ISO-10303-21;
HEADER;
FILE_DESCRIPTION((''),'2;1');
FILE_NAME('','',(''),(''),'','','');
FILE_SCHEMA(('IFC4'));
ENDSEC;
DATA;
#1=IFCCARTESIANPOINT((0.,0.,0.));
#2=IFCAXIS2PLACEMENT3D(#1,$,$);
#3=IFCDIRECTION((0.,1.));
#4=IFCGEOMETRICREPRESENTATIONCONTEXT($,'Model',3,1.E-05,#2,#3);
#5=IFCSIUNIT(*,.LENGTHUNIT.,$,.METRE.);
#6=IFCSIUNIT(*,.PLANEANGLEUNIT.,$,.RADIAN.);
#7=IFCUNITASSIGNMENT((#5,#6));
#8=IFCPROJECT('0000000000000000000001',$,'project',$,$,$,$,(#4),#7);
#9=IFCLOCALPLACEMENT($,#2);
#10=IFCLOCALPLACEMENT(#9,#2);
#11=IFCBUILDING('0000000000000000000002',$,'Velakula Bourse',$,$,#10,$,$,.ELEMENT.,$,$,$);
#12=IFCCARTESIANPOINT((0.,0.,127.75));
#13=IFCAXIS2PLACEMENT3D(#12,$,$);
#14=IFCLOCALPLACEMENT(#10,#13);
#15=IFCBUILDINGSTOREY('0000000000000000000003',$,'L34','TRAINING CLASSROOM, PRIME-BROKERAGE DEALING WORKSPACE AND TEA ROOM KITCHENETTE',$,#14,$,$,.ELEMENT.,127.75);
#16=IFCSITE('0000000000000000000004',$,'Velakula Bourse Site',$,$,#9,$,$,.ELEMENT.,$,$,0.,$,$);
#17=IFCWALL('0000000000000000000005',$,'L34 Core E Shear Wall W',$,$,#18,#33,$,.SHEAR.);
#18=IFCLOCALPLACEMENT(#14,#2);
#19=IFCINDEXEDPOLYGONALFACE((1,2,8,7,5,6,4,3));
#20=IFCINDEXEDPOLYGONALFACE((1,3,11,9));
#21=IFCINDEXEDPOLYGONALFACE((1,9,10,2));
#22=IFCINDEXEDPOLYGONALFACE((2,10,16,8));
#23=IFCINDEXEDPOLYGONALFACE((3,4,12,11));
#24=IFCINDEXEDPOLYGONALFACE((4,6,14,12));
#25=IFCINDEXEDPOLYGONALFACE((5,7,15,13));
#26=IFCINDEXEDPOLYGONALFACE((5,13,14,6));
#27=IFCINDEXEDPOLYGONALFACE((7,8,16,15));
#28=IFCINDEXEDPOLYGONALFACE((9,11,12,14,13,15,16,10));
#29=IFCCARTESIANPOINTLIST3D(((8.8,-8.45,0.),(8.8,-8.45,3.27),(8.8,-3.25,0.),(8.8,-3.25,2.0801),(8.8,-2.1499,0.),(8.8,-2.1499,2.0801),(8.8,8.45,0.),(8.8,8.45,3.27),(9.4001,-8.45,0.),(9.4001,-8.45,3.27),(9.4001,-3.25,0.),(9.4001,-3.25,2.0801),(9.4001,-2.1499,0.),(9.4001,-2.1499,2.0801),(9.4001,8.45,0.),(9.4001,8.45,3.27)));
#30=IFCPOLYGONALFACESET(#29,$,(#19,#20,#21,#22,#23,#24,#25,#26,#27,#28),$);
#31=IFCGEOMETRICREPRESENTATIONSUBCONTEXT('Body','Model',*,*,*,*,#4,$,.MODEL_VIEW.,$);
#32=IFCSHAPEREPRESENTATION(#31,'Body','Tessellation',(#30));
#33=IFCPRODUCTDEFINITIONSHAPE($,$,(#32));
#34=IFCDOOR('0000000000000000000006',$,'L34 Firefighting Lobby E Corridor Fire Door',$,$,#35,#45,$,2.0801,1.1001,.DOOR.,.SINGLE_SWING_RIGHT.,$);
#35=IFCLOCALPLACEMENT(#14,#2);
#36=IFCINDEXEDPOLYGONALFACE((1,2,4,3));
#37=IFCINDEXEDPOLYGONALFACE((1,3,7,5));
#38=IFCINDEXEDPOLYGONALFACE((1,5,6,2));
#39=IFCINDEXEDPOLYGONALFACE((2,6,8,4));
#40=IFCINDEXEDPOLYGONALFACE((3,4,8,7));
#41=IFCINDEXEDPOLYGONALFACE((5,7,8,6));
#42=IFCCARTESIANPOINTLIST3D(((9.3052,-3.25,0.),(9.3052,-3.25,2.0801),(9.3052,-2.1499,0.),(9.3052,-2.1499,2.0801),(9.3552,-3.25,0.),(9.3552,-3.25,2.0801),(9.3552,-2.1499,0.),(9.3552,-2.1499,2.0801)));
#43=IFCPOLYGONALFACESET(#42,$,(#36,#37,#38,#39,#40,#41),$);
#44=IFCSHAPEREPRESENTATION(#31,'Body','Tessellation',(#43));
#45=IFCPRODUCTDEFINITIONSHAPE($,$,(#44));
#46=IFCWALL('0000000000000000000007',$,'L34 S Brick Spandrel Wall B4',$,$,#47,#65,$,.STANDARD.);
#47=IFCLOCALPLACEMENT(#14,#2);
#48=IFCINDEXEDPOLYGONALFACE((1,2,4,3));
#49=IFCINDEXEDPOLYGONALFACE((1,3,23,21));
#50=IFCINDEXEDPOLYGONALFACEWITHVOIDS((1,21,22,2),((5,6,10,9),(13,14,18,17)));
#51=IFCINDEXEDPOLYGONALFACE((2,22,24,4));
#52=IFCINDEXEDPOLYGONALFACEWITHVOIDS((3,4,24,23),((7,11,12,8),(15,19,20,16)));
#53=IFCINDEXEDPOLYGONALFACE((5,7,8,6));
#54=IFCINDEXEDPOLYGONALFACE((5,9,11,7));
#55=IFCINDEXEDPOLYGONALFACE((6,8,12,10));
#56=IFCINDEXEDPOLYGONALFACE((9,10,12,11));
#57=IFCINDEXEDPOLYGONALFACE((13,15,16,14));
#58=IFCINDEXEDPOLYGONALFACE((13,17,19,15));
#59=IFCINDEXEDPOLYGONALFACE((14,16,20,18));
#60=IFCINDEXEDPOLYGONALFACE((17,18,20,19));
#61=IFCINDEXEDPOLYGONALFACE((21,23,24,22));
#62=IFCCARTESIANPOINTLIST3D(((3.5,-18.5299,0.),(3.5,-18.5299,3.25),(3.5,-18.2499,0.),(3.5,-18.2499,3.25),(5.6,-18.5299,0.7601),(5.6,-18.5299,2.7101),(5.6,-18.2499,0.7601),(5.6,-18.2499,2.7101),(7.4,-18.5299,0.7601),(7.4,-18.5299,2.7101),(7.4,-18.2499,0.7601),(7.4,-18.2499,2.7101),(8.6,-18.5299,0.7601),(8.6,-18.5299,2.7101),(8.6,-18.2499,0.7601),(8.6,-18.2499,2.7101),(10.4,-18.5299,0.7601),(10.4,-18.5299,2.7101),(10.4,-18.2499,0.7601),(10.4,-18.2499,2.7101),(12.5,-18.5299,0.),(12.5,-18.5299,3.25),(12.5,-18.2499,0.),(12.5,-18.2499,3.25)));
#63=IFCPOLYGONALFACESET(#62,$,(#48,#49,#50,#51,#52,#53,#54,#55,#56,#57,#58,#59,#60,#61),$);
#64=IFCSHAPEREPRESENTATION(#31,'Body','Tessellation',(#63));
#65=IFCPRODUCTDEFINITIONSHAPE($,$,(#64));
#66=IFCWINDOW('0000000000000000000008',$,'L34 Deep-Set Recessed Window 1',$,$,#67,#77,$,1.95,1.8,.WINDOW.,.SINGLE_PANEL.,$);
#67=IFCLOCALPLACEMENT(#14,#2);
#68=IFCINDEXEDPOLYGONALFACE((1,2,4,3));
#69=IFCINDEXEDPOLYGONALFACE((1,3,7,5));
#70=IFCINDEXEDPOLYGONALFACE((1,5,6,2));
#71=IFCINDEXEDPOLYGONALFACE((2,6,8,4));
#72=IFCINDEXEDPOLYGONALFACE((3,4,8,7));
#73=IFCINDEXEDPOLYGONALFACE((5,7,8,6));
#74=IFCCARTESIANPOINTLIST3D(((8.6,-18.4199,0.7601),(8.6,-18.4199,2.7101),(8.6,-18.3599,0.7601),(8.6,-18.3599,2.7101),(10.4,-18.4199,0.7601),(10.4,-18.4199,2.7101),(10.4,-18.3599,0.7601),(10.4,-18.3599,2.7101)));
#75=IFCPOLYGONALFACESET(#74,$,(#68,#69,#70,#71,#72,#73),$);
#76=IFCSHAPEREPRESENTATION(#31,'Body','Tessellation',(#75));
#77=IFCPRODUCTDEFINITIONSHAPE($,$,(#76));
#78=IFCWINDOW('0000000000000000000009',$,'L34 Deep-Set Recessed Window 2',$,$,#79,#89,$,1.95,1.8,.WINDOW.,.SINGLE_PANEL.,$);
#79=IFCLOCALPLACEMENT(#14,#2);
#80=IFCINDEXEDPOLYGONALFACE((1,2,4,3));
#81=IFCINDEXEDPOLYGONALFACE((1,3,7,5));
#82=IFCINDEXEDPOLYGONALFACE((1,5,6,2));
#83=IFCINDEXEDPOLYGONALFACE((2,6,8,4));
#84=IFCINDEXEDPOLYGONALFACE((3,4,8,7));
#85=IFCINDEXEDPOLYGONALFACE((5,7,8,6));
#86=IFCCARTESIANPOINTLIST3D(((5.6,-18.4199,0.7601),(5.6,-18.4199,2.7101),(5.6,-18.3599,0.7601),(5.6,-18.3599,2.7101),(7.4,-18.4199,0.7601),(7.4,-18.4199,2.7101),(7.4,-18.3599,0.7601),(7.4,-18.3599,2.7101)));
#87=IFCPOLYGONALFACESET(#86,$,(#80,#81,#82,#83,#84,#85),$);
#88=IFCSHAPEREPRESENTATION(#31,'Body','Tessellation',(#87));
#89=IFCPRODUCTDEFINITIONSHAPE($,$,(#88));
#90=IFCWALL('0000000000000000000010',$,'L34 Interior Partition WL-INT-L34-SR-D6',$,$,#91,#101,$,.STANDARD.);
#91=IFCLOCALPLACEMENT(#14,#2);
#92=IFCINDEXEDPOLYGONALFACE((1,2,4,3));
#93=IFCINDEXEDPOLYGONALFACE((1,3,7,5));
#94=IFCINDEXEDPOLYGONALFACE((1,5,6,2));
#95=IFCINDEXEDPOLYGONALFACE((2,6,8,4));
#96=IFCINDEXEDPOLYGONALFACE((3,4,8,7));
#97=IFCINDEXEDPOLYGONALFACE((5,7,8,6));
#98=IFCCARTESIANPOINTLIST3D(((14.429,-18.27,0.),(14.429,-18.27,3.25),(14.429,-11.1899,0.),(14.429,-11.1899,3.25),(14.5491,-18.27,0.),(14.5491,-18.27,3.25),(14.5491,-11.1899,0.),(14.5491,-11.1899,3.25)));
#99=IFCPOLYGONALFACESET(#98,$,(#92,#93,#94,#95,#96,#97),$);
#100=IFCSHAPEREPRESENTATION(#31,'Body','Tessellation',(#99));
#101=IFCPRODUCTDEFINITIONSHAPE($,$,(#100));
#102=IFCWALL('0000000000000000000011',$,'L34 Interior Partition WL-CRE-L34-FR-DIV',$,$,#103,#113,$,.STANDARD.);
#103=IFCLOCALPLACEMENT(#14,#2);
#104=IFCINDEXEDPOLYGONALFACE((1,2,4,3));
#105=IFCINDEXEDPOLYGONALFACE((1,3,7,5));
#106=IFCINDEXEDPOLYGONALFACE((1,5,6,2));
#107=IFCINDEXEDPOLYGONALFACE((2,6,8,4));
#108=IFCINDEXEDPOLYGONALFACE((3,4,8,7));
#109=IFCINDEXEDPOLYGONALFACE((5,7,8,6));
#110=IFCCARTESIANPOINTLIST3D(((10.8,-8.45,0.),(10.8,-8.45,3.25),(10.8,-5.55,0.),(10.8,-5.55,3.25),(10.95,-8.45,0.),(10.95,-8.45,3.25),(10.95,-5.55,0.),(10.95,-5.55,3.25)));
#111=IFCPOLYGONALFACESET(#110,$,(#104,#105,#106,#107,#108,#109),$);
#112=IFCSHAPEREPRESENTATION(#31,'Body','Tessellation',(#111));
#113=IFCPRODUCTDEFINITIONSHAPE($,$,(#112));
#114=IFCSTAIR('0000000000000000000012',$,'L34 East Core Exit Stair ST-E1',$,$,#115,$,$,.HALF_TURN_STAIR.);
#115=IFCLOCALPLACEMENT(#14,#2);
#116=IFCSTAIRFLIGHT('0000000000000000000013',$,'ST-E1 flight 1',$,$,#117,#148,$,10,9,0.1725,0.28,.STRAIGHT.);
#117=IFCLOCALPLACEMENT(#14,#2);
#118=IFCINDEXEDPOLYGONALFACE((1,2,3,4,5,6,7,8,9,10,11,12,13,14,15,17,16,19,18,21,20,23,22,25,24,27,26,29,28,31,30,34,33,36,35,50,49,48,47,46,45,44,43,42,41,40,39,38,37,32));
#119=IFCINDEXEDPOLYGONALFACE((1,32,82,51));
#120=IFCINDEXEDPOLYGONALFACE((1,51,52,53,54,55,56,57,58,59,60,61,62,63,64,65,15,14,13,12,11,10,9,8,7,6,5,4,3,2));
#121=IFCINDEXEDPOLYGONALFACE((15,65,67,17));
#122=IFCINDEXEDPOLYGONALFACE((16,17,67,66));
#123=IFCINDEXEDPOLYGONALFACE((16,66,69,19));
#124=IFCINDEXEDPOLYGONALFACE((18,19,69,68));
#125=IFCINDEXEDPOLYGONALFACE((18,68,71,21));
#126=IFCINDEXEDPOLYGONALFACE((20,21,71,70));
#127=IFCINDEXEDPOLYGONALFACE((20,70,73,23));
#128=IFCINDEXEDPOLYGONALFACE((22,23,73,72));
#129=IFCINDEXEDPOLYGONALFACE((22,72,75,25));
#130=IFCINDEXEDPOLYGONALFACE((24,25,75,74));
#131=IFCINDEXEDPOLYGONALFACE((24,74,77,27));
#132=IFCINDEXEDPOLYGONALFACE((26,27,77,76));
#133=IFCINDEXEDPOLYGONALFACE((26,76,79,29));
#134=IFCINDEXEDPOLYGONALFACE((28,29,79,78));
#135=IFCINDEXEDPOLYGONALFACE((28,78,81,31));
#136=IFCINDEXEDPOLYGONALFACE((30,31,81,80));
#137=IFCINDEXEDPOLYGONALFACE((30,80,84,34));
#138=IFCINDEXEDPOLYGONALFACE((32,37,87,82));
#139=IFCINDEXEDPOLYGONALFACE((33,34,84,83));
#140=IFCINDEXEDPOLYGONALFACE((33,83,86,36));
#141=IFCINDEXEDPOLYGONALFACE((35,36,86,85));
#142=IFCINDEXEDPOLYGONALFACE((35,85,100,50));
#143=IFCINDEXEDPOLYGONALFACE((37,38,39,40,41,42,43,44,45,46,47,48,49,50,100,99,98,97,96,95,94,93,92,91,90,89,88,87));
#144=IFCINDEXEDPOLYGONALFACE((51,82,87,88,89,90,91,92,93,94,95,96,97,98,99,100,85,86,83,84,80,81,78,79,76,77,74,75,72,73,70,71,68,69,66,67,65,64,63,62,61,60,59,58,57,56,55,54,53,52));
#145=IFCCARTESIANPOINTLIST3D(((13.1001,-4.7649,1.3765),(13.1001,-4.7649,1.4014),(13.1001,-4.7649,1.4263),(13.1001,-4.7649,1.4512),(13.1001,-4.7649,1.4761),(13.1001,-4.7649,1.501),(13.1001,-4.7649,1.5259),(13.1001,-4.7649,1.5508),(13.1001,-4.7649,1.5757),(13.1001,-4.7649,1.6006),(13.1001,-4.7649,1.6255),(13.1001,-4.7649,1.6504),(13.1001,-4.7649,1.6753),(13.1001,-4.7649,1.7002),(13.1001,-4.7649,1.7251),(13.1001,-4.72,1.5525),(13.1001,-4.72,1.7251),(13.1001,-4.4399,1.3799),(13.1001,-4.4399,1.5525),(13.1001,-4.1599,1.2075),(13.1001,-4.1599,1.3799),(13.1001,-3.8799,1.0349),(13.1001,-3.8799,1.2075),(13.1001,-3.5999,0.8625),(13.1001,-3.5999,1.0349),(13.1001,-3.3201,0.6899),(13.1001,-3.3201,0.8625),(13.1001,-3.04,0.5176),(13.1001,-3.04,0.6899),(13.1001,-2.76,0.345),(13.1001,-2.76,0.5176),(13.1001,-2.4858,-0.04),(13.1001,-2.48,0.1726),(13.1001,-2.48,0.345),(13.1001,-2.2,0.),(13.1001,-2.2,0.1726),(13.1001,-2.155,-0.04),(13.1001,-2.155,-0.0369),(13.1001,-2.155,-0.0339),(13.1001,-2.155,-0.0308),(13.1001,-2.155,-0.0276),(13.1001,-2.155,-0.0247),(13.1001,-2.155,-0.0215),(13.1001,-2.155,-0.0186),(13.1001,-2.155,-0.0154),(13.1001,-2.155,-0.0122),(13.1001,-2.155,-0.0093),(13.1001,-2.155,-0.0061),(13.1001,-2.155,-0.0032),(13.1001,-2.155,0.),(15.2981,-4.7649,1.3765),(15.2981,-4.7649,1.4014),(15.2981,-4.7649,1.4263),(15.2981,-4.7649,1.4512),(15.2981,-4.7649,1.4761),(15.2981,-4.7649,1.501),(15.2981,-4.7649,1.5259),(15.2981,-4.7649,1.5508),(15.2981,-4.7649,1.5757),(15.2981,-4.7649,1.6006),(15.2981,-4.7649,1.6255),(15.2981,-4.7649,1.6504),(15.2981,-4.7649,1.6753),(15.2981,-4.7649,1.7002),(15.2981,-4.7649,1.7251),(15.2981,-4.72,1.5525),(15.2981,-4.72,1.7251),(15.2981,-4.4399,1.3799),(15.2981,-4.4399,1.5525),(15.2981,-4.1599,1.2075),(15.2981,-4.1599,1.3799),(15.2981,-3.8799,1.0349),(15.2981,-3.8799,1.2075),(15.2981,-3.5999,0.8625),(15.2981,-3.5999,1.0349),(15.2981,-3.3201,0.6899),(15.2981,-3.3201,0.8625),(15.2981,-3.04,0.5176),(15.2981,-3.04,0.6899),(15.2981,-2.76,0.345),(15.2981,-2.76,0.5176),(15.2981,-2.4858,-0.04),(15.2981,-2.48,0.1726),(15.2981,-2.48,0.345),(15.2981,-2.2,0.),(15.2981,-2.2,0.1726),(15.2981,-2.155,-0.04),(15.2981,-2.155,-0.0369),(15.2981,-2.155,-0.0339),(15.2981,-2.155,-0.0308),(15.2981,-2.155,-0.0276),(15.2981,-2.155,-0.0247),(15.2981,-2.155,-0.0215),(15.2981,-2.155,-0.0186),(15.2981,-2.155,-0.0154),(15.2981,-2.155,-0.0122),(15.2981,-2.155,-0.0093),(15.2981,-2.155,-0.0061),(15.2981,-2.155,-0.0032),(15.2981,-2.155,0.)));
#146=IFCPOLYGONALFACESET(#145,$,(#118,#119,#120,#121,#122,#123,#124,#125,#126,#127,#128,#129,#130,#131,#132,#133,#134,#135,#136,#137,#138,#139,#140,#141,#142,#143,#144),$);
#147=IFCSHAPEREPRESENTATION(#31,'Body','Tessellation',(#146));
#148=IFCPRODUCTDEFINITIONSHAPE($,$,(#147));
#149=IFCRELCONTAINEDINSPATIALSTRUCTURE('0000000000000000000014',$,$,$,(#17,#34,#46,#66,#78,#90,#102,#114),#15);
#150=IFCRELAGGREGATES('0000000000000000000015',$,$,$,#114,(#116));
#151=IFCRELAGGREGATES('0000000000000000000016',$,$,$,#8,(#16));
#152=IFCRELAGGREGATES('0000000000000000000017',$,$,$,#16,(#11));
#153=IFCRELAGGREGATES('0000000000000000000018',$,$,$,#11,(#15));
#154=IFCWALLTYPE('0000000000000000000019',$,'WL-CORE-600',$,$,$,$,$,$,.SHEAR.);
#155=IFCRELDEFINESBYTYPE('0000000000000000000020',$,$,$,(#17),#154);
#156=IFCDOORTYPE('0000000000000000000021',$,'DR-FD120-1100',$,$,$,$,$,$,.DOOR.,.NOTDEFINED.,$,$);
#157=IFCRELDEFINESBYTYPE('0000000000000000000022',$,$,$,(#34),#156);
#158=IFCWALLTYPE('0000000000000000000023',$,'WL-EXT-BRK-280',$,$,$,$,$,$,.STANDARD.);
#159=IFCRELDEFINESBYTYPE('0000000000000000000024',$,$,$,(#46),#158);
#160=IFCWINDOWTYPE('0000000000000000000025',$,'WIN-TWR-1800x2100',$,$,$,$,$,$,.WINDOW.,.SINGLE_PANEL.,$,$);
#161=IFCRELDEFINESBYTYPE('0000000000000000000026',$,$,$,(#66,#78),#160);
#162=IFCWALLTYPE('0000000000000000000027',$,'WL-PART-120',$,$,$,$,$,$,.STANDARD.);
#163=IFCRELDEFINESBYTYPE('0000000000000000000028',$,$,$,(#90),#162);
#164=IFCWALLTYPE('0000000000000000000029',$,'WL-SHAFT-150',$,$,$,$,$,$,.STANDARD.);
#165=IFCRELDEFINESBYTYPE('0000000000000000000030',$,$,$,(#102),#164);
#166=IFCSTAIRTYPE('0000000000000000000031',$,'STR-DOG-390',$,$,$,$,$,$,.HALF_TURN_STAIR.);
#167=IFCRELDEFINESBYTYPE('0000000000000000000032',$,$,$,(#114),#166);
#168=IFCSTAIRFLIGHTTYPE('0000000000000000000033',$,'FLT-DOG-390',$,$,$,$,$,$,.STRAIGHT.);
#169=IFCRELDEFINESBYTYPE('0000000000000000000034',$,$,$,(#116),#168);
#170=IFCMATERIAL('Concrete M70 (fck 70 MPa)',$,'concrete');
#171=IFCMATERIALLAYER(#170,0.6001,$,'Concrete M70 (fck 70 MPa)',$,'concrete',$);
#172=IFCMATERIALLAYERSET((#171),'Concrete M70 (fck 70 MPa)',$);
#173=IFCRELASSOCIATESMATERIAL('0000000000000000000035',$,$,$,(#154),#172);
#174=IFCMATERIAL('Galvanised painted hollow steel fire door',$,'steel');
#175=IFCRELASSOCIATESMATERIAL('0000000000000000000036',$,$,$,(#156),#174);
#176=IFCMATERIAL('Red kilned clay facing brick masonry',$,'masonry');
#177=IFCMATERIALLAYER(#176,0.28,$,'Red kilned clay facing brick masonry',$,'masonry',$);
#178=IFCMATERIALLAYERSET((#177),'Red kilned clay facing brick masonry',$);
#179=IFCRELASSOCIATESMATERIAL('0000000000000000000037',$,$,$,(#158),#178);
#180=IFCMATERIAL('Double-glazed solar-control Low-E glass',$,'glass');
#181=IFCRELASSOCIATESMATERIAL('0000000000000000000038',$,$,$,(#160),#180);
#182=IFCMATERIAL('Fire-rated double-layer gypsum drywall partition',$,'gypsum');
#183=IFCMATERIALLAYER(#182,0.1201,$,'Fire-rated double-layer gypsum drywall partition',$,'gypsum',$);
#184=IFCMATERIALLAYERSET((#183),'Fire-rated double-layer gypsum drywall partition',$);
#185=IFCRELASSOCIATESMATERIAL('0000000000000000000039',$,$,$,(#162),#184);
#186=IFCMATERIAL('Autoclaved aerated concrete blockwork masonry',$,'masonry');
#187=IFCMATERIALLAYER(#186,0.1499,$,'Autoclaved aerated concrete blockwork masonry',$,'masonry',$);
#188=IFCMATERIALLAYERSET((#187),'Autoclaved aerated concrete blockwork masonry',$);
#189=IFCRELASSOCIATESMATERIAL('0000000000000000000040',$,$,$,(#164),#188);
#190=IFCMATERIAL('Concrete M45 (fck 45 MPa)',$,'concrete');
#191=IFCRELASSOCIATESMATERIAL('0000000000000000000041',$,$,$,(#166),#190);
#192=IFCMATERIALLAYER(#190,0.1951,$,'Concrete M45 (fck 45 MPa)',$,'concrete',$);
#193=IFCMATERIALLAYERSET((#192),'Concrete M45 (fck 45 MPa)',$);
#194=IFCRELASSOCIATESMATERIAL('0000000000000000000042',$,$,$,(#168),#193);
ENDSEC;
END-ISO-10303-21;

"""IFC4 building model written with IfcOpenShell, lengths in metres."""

from ifc_helpers import new_model, si_unit, direction, frame, frame_2d, origin, place, context, subcontext, project, spatial, polyline, rectangle, outline, extrude, material, layer, layer_set, type_object, element, fill, aggregate, save


model = new_model("IFC4")

# Units and contexts
model_context = context("Model", 3, precision=1e-05, world=origin(), true_north=direction((0.0, 1.0)))
body_context = subcontext(model_context, "Body", "Model", "MODEL_VIEW")
ifc_project = project(units=[si_unit("LENGTHUNIT", "METRE"), si_unit("PLANEANGLEUNIT", "RADIAN")], contexts=[model_context])

# Site, building, storey
site_placement = place(None, origin())
site = spatial("IfcSite", under=ifc_project, at=site_placement, Name="Velakula Bourse Site", CompositionType="ELEMENT", RefElevation=0.0)
building_placement = place(site_placement, origin())
building = spatial("IfcBuilding", under=site, at=building_placement, Name="Velakula Bourse", CompositionType="ELEMENT")
storey_placement = place(building_placement, frame((0.0, 0.0, 127.75)))
storey = spatial("IfcBuildingStorey", under=building, at=storey_placement, Name="L34", Description="TRAINING CLASSROOM, PRIME-BROKERAGE DEALING WORKSPACE AND TEA ROOM KITCHENETTE", CompositionType="ELEMENT", Elevation=127.75)

# Shared definitions
ifc_material_1 = material(Name="Galvanised painted hollow steel fire door", Category="steel")

# Wall, opening, door
ifc_material_2 = material(Name="Concrete M70 (fck 70 MPa)", Category="concrete")
ifc_layer_1 = layer(ifc_material_2, 0.6001, Name="Concrete M70 (fck 70 MPa)", Category="concrete")
ifc_layer_set_1 = layer_set([ifc_layer_1], Name="Concrete M70 (fck 70 MPa)")
wall_type_1 = type_object("IfcWallType", Name="WL-CORE-600", PredefinedType="SHEAR", material=ifc_layer_set_1)
wall_1_placement = place(storey_placement, frame((9.1001, -8.45, 0.0), z_axis=(0.0, 0.0, 1.0), x_axis=(0.0, 1.0, 0.0)))
wall_1 = element("IfcWall", 1, at=wall_1_placement, inside=storey, type_object=wall_type_1, Name="L34 Core E Shear Wall W", PredefinedType="SHEAR", context=body_context, shape_type="SweptSolid", body=[
    extrude(rectangle(XDim=16.8999, YDim=0.6001, at=frame_2d((8.45, 0.0))), origin(), (0.0, 0.0, 1.0), 3.27),
])
opening_1_placement = place(wall_1_placement, frame((5.2, 0.0, 0.0)))
opening_1 = element("IfcOpeningElement", 2, at=opening_1_placement, cuts=wall_1, PredefinedType="OPENING", context=body_context, shape_type="SweptSolid", body=[
    extrude(rectangle(XDim=1.1001, YDim=2.0801, at=frame_2d((0.55, 1.04))), frame((0.0, 0.3101, 0.0), z_axis=(0.0, -1.0, 0.0), x_axis=(1.0, 0.0, 0.0)), (0.0, 0.0, 1.0), 0.6201),
])
door_type_1 = type_object("IfcDoorType", Name="DR-FD120-1100", OperationType="NOTDEFINED", PredefinedType="DOOR", material=ifc_material_1)
door_1_placement = place(opening_1_placement, origin())
door_1 = element("IfcDoor", 3, at=door_1_placement, inside=storey, type_object=door_type_1, Name="L34 Firefighting Lobby E Corridor Fire Door", OperationType="SINGLE_SWING_RIGHT", OverallHeight=2.0801, OverallWidth=1.1001, PredefinedType="DOOR", context=body_context, shape_type="SweptSolid", body=[
    extrude(rectangle(XDim=1.1001, YDim=2.0801, at=frame_2d((0.55, 1.04))), frame((0.0, -0.2051, 0.0), z_axis=(0.0, -1.0, 0.0), x_axis=(1.0, 0.0, 0.0)), (0.0, 0.0, 1.0), 0.05),
])
fill(opening_1, door_1)

# Wall, openings, windows
ifc_material_3 = material(Name="Red kilned clay facing brick masonry", Category="masonry")
ifc_layer_2 = layer(ifc_material_3, 0.28, Name="Red kilned clay facing brick masonry", Category="masonry")
ifc_layer_set_2 = layer_set([ifc_layer_2], Name="Red kilned clay facing brick masonry")
wall_type_2 = type_object("IfcWallType", Name="WL-EXT-BRK-280", PredefinedType="STANDARD", material=ifc_layer_set_2)
wall_2_placement = place(storey_placement, frame((12.5, -18.3899, 0.0), z_axis=(0.0, 0.0, 1.0), x_axis=(-1.0, 0.0, 0.0)))
wall_2 = element("IfcWall", 4, at=wall_2_placement, inside=storey, type_object=wall_type_2, Name="L34 S Brick Spandrel Wall B4", PredefinedType="STANDARD", context=body_context, shape_type="SweptSolid", body=[
    extrude(rectangle(XDim=9.0, YDim=0.28, at=frame_2d((4.5, 0.0))), origin(), (0.0, 0.0, 1.0), 3.25),
])
opening_2_placement = place(wall_2_placement, frame((2.1001, 0.0, 0.76)))
opening_2 = element("IfcOpeningElement", 5, at=opening_2_placement, cuts=wall_2, PredefinedType="OPENING", context=body_context, shape_type="SweptSolid", body=[
    extrude(rectangle(XDim=1.8, YDim=1.95, at=frame_2d((0.8999, 0.9751))), frame((0.0, 0.1499, 0.0), z_axis=(0.0, -1.0, 0.0), x_axis=(1.0, 0.0, 0.0)), (0.0, 0.0, 1.0), 0.3),
])
opening_3_placement = place(wall_2_placement, frame((5.1001, 0.0, 0.76)))
opening_3 = element("IfcOpeningElement", 6, at=opening_3_placement, cuts=wall_2, PredefinedType="OPENING", context=body_context, shape_type="SweptSolid", body=[
    extrude(rectangle(XDim=1.8, YDim=1.95, at=frame_2d((0.8999, 0.9751))), frame((0.0, 0.1499, 0.0), z_axis=(0.0, -1.0, 0.0), x_axis=(1.0, 0.0, 0.0)), (0.0, 0.0, 1.0), 0.3),
])
ifc_material_4 = material(Name="Double-glazed solar-control Low-E glass", Category="glass")
window_type = type_object("IfcWindowType", Name="WIN-TWR-1800x2100", PartitioningType="SINGLE_PANEL", PredefinedType="WINDOW", material=ifc_material_4)
window_1_placement = place(opening_2_placement, origin())
window_1 = element("IfcWindow", 7, at=window_1_placement, inside=storey, type_object=window_type, Name="L34 Deep-Set Recessed Window 1", OverallHeight=1.95, OverallWidth=1.8, PartitioningType="SINGLE_PANEL", PredefinedType="WINDOW", context=body_context, shape_type="SweptSolid", body=[
    extrude(rectangle(XDim=1.8, YDim=1.95, at=frame_2d((0.8999, 0.9751))), frame((0.0, 0.03, 0.0), z_axis=(0.0, -1.0, 0.0), x_axis=(1.0, 0.0, 0.0)), (0.0, 0.0, 1.0), 0.0601),
])
fill(opening_2, window_1)
window_2_placement = place(opening_3_placement, origin())
window_2 = element("IfcWindow", 8, at=window_2_placement, inside=storey, type_object=window_type, Name="L34 Deep-Set Recessed Window 2", OverallHeight=1.95, OverallWidth=1.8, PartitioningType="SINGLE_PANEL", PredefinedType="WINDOW", context=body_context, shape_type="SweptSolid", body=[
    extrude(rectangle(XDim=1.8, YDim=1.95, at=frame_2d((0.8999, 0.9751))), frame((0.0, 0.03, 0.0), z_axis=(0.0, -1.0, 0.0), x_axis=(1.0, 0.0, 0.0)), (0.0, 0.0, 1.0), 0.0601),
])
fill(opening_3, window_2)

# Wall
ifc_material_5 = material(Name="Fire-rated double-layer gypsum drywall partition", Category="gypsum")
ifc_layer_3 = layer(ifc_material_5, 0.1201, Name="Fire-rated double-layer gypsum drywall partition", Category="gypsum")
ifc_layer_set_3 = layer_set([ifc_layer_3], Name="Fire-rated double-layer gypsum drywall partition")
wall_type_3 = type_object("IfcWallType", Name="WL-PART-120", PredefinedType="STANDARD", material=ifc_layer_set_3)
wall_3_placement = place(storey_placement, frame((14.489, -18.27, 0.0), z_axis=(0.0, 0.0, 1.0), x_axis=(0.0, 1.0, 0.0)))
element("IfcWall", 9, at=wall_3_placement, inside=storey, type_object=wall_type_3, Name="L34 Interior Partition WL-INT-L34-SR-D6", PredefinedType="STANDARD", context=body_context, shape_type="SweptSolid", body=[
    extrude(rectangle(XDim=7.0801, YDim=0.1201, at=frame_2d((3.54, 0.0))), origin(), (0.0, 0.0, 1.0), 3.25),
])

# Shared definitions
ifc_material_6 = material(Name="Autoclaved aerated concrete blockwork masonry", Category="masonry")
ifc_layer_4 = layer(ifc_material_6, 0.1499, Name="Autoclaved aerated concrete blockwork masonry", Category="masonry")
ifc_layer_set_4 = layer_set([ifc_layer_4], Name="Autoclaved aerated concrete blockwork masonry")
wall_type_4 = type_object("IfcWallType", Name="WL-SHAFT-150", PredefinedType="STANDARD", material=ifc_layer_set_4)

# Wall
wall_4_placement = place(storey_placement, frame((10.875, -8.45, 0.0), z_axis=(0.0, 0.0, 1.0), x_axis=(0.0, 1.0, 0.0)))
element("IfcWall", 10, at=wall_4_placement, inside=storey, type_object=wall_type_4, Name="L34 Interior Partition WL-CRE-L34-FR-DIV", PredefinedType="STANDARD", context=body_context, shape_type="SweptSolid", body=[
    extrude(rectangle(XDim=2.8999, YDim=0.1499, at=frame_2d((1.45, 0.0))), origin(), (0.0, 0.0, 1.0), 3.25),
])

# Stair, stair flight
ifc_material_7 = material(Name="Concrete M45 (fck 45 MPa)", Category="concrete")
stair_type = type_object("IfcStairType", Name="STR-DOG-390", PredefinedType="HALF_TURN_STAIR", material=ifc_material_7)
stair_placement = place(storey_placement, origin())
stair = element("IfcStair", 11, at=stair_placement, inside=storey, type_object=stair_type, Name="L34 East Core Exit Stair ST-E1", PredefinedType="HALF_TURN_STAIR")
ifc_layer_5 = layer(ifc_material_7, 0.1951, Name="Concrete M45 (fck 45 MPa)", Category="concrete")
ifc_layer_set_5 = layer_set([ifc_layer_5], Name="Concrete M45 (fck 45 MPa)")
stair_flight_type = type_object("IfcStairFlightType", Name="FLT-DOG-390", PredefinedType="STRAIGHT", material=ifc_layer_set_5)
stair_flight_1_placement = place(storey_placement, frame((14.199, -2.2, 0.0), z_axis=(0.0, 0.0, 1.0), x_axis=(0.0, -1.0, 0.0)))
stair_flight_1 = element("IfcStairFlight", 12, at=stair_flight_1_placement, type_object=stair_flight_type, Name="ST-E1 flight 1", NumberOfRisers=10, NumberOfTreads=9, PredefinedType="STRAIGHT", RiserHeight=0.1725, TreadLength=0.28, context=body_context, shape_type="SweptSolid", body=[
    extrude(outline(polyline([(-0.0449, -0.04), (-0.0449, -0.0369), (-0.0449, -0.0339), (-0.0449, -0.0308), (-0.0449, -0.0276), (-0.0449, -0.0247), (-0.0449, -0.0215), (-0.0449, -0.0186), (-0.0449, -0.0154), (-0.0449, -0.0122), (-0.0449, -0.0093), (-0.0449, -0.0061), (-0.0449, -0.0032), (-0.0449, 0.0), (0.0, 0.0), (0.0, 0.1726), (0.28, 0.1726), (0.28, 0.345), (0.5601, 0.345), (0.5601, 0.5176), (0.8401, 0.5176), (0.8401, 0.6899), (1.1201, 0.6899), (1.1201, 0.8625), (1.3999, 0.8625), (1.3999, 1.0349), (1.6799, 1.0349), (1.6799, 1.2075), (1.96, 1.2075), (1.96, 1.3799), (2.24, 1.3799), (2.24, 1.5525), (2.52, 1.5525), (2.52, 1.7251), (2.5649, 1.7251), (2.5649, 1.7002), (2.5649, 1.6753), (2.5649, 1.6504), (2.5649, 1.6255), (2.5649, 1.6006), (2.5649, 1.5757), (2.5649, 1.5508), (2.5649, 1.5259), (2.5649, 1.501), (2.5649, 1.4761), (2.5649, 1.4512), (2.5649, 1.4263), (2.5649, 1.4014), (2.5649, 1.3765), (0.2859, -0.04), (-0.0449, -0.04)])), frame((0.0, 1.0991, 0.0), z_axis=(0.0, -1.0, 0.0), x_axis=(1.0, 0.0, 0.0)), (0.0, 0.0, 1.0), 2.198),
])
aggregate(stair, [stair_flight_1])

save(model, "model.ifc")
